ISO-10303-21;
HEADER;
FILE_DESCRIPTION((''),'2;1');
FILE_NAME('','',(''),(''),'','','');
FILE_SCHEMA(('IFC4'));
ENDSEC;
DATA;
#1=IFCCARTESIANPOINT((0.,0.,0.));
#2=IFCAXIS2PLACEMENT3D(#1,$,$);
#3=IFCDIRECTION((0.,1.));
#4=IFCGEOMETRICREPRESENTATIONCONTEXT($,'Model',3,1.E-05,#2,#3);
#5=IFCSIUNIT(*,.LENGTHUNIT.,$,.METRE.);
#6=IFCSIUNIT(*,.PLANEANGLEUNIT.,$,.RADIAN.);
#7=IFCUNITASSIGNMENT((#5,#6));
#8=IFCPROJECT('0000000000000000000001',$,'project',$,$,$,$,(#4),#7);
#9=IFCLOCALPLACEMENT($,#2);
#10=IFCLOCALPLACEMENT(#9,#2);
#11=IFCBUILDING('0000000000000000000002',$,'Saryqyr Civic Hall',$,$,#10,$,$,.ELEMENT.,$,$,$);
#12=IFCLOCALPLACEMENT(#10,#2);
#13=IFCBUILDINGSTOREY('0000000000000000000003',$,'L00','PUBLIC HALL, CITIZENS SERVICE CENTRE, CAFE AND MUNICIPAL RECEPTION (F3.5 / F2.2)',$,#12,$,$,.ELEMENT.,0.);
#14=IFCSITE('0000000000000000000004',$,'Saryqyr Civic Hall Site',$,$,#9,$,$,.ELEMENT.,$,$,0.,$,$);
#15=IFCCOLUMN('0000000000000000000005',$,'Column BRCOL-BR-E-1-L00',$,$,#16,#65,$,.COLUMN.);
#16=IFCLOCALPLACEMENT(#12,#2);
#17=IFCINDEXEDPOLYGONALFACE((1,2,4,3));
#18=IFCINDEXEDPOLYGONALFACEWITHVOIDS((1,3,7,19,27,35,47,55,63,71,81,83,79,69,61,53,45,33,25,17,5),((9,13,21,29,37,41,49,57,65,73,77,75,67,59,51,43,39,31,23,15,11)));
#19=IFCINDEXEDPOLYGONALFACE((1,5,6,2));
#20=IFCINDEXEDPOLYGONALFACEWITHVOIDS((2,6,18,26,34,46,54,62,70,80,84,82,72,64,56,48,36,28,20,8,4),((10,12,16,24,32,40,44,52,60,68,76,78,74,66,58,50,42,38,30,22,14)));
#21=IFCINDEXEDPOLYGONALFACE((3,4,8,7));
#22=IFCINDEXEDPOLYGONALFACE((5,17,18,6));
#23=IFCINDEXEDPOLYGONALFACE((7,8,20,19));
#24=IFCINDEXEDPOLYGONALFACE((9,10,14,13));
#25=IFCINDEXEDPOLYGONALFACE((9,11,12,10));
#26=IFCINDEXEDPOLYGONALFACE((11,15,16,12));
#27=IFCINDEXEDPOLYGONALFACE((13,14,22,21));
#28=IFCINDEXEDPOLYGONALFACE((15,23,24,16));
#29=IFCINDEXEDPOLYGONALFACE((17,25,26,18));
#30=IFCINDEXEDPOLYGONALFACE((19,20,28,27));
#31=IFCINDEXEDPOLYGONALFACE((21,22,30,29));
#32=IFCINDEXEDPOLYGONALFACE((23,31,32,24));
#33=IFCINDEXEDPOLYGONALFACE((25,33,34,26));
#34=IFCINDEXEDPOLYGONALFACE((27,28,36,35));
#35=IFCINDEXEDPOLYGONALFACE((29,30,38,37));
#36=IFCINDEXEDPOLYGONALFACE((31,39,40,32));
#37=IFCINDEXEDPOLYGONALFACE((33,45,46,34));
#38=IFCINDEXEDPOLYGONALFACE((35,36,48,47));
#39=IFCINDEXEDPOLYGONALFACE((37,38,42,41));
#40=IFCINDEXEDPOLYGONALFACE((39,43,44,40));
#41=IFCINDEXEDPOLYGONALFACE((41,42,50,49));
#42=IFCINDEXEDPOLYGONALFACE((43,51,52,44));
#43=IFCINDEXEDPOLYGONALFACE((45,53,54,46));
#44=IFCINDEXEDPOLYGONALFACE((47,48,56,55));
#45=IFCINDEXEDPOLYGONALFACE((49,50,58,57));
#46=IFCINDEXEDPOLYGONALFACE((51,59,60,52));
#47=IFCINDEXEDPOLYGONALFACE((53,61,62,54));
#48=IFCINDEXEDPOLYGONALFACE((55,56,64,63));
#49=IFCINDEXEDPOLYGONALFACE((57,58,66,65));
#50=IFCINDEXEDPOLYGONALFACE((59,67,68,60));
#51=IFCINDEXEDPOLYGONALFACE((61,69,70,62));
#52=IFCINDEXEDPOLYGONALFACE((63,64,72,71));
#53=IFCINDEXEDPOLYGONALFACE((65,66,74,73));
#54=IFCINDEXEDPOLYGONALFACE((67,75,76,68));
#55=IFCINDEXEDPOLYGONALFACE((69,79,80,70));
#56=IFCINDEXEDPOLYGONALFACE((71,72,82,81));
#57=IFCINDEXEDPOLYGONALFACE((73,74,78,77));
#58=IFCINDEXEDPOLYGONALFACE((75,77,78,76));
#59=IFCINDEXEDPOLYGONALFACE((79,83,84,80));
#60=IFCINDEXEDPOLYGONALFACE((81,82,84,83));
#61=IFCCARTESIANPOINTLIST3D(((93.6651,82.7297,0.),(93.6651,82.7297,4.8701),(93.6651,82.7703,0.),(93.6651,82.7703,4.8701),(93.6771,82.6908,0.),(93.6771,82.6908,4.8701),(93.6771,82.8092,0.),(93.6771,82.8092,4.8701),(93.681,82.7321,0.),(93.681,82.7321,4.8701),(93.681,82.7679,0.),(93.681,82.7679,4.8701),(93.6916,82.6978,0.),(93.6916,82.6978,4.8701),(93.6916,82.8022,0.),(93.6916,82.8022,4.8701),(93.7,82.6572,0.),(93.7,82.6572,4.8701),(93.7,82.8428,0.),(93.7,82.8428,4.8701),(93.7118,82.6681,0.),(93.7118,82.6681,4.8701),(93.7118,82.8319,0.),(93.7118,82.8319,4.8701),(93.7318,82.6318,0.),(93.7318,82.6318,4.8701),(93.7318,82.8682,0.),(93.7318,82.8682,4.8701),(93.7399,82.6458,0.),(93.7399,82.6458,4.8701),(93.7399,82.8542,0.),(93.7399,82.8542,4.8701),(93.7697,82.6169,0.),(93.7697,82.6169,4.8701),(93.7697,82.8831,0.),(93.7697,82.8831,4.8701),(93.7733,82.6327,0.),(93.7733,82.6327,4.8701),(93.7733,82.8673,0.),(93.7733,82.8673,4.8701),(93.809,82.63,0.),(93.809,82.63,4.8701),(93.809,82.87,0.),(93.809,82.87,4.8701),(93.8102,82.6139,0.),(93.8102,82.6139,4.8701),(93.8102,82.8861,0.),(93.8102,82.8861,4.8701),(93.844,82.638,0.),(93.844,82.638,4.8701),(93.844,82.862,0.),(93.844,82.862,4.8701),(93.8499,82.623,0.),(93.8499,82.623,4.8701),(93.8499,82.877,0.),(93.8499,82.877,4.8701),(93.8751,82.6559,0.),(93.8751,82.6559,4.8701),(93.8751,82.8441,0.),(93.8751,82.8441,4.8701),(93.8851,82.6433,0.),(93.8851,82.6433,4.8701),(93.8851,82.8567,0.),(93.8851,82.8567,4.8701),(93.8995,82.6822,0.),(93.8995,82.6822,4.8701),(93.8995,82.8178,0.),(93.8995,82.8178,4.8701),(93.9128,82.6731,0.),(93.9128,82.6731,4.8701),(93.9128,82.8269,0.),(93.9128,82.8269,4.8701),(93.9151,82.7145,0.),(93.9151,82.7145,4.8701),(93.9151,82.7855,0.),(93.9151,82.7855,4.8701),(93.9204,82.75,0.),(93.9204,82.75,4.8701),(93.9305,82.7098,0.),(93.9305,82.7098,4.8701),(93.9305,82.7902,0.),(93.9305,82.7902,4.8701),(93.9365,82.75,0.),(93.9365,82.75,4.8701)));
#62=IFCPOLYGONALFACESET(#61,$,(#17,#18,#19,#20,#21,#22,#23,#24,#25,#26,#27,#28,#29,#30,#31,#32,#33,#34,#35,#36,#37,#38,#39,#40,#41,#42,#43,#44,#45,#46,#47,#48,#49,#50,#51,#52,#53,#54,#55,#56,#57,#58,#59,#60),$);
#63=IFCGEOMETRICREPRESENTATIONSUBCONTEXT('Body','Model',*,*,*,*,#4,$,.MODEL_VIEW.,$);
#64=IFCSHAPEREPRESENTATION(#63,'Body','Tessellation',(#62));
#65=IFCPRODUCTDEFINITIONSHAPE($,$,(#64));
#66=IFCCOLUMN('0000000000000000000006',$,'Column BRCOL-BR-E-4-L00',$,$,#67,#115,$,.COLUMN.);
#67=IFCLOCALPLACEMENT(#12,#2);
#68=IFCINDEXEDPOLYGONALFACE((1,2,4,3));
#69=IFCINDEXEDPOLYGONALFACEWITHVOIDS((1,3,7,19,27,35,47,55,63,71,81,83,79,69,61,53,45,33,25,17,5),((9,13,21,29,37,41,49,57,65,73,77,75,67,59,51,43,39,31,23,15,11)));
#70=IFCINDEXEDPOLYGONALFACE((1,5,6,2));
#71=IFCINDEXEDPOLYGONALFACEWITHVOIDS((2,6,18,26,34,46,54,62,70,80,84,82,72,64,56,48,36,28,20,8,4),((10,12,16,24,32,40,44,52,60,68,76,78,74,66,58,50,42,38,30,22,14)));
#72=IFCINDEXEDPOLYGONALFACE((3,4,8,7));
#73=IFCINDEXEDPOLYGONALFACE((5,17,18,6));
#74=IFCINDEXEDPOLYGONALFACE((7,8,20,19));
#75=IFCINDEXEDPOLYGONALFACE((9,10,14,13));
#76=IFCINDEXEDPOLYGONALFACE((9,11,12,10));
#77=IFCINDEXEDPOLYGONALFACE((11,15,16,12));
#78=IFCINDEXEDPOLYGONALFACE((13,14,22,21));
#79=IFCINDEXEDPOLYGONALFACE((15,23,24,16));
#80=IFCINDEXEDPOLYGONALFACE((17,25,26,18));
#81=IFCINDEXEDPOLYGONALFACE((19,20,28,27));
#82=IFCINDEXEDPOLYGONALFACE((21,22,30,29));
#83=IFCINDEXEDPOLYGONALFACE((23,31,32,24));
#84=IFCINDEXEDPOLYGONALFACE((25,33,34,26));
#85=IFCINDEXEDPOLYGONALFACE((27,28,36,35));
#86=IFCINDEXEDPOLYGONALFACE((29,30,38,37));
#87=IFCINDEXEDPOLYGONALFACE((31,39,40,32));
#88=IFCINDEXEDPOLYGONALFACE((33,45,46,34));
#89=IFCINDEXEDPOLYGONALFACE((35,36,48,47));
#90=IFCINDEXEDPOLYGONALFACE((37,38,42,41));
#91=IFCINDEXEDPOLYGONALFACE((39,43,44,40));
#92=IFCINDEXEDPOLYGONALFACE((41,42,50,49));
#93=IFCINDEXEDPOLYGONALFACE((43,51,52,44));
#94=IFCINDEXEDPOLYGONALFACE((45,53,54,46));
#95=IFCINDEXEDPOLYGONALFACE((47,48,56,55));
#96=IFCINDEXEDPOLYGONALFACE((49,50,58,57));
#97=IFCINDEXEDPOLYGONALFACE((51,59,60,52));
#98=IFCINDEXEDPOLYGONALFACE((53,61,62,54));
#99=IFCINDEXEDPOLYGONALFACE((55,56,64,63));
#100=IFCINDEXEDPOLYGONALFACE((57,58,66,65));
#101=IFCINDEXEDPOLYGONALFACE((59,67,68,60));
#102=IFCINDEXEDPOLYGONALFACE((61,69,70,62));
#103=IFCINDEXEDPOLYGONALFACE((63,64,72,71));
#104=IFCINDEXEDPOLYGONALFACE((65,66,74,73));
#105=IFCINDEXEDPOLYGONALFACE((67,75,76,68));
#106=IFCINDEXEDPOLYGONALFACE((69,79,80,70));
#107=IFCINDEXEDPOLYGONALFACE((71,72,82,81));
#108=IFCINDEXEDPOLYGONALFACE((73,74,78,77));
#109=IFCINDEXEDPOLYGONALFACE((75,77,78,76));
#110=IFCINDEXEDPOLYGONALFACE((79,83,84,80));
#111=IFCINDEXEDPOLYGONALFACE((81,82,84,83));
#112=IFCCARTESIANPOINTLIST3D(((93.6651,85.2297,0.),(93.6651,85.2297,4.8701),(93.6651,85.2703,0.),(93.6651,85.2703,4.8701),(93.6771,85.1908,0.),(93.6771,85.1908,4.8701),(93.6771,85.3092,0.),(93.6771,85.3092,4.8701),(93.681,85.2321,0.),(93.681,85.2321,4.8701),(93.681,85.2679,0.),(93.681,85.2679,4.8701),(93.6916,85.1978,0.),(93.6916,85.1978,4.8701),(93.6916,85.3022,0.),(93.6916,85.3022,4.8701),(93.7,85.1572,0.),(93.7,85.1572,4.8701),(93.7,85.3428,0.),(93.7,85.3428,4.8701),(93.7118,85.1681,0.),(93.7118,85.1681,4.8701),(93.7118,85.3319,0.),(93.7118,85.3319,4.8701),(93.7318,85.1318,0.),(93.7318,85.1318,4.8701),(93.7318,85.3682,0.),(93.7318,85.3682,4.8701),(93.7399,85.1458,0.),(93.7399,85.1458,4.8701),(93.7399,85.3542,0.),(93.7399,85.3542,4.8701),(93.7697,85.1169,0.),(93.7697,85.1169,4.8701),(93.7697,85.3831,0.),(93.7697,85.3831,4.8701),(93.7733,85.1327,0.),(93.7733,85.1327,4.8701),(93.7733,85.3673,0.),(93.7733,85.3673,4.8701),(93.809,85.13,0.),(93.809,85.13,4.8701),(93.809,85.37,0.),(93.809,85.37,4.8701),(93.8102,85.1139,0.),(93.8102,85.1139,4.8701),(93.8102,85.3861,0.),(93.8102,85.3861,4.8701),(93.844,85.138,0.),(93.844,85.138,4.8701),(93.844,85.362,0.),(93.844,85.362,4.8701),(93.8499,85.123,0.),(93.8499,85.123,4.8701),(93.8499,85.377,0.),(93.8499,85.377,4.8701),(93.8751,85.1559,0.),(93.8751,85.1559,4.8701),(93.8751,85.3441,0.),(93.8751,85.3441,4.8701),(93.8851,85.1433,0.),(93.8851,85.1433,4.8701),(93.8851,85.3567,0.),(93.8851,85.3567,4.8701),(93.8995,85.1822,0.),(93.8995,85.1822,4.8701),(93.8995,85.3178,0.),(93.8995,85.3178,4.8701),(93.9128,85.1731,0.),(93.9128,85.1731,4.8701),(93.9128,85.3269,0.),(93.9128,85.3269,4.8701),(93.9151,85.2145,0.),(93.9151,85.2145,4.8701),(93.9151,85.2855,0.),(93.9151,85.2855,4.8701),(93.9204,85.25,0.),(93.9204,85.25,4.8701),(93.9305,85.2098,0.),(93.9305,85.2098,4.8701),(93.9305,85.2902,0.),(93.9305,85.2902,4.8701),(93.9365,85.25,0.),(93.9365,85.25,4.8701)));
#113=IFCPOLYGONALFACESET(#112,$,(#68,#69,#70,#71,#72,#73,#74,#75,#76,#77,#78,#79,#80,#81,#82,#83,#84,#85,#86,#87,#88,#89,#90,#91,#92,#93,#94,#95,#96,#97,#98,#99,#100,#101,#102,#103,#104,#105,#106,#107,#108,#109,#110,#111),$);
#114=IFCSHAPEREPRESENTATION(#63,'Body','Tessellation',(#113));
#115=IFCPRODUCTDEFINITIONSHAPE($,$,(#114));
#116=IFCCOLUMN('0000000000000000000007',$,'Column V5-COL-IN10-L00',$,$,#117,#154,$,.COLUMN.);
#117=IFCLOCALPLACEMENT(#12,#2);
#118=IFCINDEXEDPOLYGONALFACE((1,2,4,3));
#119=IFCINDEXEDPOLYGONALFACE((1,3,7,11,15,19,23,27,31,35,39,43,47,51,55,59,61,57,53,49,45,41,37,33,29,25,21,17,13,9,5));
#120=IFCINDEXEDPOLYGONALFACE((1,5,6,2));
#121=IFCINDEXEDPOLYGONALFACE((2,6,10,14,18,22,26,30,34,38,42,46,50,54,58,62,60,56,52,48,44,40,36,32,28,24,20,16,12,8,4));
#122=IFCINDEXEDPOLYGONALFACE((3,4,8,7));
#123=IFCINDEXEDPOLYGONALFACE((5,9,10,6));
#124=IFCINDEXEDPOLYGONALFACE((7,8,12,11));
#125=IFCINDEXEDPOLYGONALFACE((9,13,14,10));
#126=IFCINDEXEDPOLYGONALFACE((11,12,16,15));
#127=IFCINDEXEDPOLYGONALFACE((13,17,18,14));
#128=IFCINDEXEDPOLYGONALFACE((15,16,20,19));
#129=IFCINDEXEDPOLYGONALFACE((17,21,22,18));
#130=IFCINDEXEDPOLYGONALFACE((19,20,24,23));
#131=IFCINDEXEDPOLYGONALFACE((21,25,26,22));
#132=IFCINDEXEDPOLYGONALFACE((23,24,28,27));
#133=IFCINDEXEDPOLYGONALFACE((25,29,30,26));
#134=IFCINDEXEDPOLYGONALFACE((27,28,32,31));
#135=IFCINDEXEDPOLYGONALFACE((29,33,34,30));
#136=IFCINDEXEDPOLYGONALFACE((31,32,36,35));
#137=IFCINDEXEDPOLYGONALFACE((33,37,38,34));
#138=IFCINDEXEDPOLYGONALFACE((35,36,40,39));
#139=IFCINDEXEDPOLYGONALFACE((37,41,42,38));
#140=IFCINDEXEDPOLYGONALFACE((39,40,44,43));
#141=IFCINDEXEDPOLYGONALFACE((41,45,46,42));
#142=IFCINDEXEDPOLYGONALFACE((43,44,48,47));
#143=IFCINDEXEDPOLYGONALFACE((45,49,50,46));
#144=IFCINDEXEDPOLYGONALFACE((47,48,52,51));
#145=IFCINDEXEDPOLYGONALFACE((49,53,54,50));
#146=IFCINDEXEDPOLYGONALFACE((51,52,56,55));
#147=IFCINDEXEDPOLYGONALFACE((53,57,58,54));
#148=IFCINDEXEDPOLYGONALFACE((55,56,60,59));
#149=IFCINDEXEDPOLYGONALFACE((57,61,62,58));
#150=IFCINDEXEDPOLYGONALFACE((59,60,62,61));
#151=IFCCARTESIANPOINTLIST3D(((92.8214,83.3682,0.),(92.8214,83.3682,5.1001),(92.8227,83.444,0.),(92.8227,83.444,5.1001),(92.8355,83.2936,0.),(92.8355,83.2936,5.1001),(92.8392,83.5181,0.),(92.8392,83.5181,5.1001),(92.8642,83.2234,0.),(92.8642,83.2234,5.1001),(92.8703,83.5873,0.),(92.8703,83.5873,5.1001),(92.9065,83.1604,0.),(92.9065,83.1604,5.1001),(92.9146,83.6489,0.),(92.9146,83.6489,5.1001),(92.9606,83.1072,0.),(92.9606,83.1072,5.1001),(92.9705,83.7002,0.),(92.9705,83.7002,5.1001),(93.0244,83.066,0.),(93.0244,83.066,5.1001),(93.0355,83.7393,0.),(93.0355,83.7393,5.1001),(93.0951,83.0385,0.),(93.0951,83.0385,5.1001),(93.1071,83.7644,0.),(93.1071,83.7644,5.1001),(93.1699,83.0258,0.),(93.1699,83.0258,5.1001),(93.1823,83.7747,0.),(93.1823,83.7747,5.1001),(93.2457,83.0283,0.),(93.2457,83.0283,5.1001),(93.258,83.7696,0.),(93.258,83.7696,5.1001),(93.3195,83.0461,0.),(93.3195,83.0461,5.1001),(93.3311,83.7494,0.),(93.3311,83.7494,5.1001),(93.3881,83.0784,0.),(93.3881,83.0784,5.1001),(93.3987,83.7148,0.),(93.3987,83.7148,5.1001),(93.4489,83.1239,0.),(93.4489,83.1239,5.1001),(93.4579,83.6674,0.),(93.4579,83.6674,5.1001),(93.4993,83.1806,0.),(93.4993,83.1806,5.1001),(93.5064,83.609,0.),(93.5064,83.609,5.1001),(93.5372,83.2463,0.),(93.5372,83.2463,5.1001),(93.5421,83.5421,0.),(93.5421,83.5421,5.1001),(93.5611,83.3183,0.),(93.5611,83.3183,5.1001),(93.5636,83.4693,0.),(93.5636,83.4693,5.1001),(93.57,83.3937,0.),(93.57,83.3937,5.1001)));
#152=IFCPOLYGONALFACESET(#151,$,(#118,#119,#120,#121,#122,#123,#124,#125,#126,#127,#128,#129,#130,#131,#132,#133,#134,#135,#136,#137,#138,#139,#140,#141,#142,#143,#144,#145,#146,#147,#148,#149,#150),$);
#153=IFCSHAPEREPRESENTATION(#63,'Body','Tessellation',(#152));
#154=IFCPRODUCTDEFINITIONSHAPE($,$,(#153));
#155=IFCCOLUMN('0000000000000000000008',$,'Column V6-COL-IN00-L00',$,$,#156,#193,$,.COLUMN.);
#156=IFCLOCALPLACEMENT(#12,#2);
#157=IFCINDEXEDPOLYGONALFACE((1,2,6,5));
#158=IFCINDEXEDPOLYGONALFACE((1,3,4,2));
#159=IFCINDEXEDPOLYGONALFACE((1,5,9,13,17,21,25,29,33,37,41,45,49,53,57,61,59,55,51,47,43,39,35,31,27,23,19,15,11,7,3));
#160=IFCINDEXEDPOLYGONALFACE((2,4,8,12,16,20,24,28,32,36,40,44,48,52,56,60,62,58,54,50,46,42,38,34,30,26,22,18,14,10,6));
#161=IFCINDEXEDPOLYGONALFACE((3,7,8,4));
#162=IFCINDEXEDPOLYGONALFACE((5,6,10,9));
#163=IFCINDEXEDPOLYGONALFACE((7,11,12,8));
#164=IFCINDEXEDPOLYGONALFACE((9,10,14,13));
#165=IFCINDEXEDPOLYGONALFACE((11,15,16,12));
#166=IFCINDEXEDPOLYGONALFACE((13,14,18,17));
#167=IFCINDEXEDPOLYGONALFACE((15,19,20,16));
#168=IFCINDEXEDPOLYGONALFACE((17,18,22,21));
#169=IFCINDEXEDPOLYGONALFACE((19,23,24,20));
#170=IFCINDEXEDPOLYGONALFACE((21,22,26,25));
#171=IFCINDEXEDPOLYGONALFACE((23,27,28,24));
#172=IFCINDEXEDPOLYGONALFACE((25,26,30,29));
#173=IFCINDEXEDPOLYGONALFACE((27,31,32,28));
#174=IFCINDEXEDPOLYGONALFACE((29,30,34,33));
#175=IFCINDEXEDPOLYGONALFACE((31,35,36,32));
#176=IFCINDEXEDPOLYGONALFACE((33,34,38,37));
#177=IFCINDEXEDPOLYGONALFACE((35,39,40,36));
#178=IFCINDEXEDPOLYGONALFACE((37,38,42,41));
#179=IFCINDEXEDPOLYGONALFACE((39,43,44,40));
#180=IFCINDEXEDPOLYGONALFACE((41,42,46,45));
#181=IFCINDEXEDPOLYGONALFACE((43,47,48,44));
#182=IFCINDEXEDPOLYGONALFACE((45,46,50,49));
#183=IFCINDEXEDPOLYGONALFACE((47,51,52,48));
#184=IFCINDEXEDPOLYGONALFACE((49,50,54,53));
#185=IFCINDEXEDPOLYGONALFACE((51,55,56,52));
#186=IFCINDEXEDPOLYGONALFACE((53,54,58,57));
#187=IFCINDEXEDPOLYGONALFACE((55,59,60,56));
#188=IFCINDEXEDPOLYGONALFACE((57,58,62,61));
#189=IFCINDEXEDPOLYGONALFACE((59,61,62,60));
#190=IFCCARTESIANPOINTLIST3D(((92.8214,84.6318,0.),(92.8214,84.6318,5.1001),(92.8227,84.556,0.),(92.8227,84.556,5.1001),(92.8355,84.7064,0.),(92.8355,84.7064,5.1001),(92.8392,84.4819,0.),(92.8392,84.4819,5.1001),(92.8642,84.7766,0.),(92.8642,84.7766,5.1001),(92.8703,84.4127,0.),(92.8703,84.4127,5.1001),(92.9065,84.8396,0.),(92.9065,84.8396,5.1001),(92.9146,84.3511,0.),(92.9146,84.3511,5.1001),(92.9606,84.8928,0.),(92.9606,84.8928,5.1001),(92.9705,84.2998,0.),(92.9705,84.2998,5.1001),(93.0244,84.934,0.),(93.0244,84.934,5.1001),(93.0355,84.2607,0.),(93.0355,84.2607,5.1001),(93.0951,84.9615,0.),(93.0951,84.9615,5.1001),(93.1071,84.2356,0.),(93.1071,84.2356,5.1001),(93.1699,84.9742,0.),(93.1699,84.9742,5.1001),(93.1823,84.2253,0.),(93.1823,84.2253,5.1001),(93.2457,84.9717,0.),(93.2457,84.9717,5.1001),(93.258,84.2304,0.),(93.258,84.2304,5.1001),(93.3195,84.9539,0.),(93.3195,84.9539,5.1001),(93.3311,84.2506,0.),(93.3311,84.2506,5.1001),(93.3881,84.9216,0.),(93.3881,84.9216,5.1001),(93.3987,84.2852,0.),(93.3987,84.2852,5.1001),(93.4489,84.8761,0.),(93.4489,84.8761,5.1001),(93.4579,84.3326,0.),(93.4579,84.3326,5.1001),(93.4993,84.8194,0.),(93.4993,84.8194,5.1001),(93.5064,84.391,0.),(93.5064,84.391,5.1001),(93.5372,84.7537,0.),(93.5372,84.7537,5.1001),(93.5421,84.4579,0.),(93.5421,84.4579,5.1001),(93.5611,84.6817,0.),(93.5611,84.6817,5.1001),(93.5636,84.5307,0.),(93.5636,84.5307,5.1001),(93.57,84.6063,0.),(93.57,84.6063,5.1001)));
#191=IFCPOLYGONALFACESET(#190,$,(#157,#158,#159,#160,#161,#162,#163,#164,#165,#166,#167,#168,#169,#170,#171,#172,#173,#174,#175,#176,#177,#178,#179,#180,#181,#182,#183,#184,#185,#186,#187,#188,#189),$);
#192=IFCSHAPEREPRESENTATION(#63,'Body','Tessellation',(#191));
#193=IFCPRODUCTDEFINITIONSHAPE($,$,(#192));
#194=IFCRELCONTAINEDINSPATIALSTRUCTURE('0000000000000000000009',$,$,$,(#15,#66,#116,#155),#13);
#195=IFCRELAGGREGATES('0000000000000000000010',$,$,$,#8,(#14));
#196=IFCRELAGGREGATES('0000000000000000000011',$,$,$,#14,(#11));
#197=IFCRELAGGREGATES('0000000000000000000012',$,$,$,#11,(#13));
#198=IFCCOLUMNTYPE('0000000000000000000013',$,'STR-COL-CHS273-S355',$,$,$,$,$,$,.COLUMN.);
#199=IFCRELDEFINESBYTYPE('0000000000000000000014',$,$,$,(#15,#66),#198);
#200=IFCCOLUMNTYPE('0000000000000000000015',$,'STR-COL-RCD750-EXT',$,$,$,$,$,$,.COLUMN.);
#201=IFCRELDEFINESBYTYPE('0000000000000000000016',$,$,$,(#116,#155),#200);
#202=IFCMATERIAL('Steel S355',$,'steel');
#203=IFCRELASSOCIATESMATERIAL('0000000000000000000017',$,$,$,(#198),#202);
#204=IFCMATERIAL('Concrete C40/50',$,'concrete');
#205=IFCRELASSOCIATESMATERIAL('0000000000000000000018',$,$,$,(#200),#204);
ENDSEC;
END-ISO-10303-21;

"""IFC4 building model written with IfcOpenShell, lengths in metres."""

from ifc_helpers import new_model, si_unit, direction, frame, origin, origin_2d, place, context, subcontext, project, spatial, circle, hollow_circle, extrude, material, material_profile, profile_set, type_object, element, save


model = new_model("IFC4")

# Units and contexts
model_context = context("Model", 3, precision=1e-05, world=origin(), true_north=direction((0.0, 1.0)))
body_context = subcontext(model_context, "Body", "Model", "MODEL_VIEW")
ifc_project = project(units=[si_unit("LENGTHUNIT", "METRE"), si_unit("PLANEANGLEUNIT", "RADIAN")], contexts=[model_context])

# Site, building, storey
site_placement = place(None, origin())
site = spatial("IfcSite", under=ifc_project, at=site_placement, Name="Saryqyr Civic Hall Site", CompositionType="ELEMENT", RefElevation=0.0)
building_placement = place(site_placement, origin())
building = spatial("IfcBuilding", under=site, at=building_placement, Name="Saryqyr Civic Hall", CompositionType="ELEMENT")
storey_placement = place(building_placement, origin())
storey = spatial("IfcBuildingStorey", under=building, at=storey_placement, Name="L00", Description="PUBLIC HALL, CITIZENS SERVICE CENTRE, CAFE AND MUNICIPAL RECEPTION (F3.5 / F2.2)", CompositionType="ELEMENT", Elevation=0.0)

# Columns
ifc_material_1 = material(Name="Steel S355", Category="steel")
ifc_material_profile_1 = material_profile(ifc_material_1, hollow_circle(Radius=0.1365, WallThickness=0.0161, at=origin_2d()), Name="CHS 273x16")
ifc_profile_set_1 = profile_set([ifc_material_profile_1], Name="Steel S355")
column_type_1 = type_object("IfcColumnType", Name="STR-COL-CHS273-S355", PredefinedType="COLUMN", material=ifc_profile_set_1)
for number, where, z_axis, x_axis, name in (
    (1, (93.8, 82.75, 0.0), (0.0, 0.0, 1.0), (1.0, 0.0, 0.0), "Column BRCOL-BR-E-1-L00"),
    (2, (93.8, 85.25, 0.0), (0.0, 0.0, 1.0), (1.0, 0.0, 0.0), "Column BRCOL-BR-E-4-L00"),
):
    element("IfcColumn", number, at=place(storey_placement, frame(where, z_axis=z_axis, x_axis=x_axis)), inside=storey, type_object=column_type_1, Name=name, PredefinedType="COLUMN", context=body_context, shape_type="SweptSolid", body=[
        extrude(hollow_circle(Radius=0.1365, WallThickness=0.0161, at=origin_2d()), origin(), (0.0, 0.0, 1.0), 4.8701),
    ])
ifc_material_2 = material(Name="Concrete C40/50", Category="concrete")
ifc_material_profile_2 = material_profile(ifc_material_2, circle(Radius=0.375, at=origin_2d()), Name="RC D750")
ifc_profile_set_2 = profile_set([ifc_material_profile_2], Name="Concrete C40/50")
column_type_2 = type_object("IfcColumnType", Name="STR-COL-RCD750-EXT", PredefinedType="COLUMN", material=ifc_profile_set_2)
for number, where, z_axis, x_axis, name in (
    (3, (93.1951, 83.3999, 0.0), (0.0, 0.0, 1.0), (0.999863, -0.01658, 0.0), "Column V5-COL-IN10-L00"),
    (4, (93.1951, 84.6001, 0.0), (0.0, 0.0, 1.0), (0.999863, 0.01658, 0.0), "Column V6-COL-IN00-L00"),
):
    element("IfcColumn", number, at=place(storey_placement, frame(where, z_axis=z_axis, x_axis=x_axis)), inside=storey, type_object=column_type_2, Name=name, PredefinedType="COLUMN", context=body_context, shape_type="SweptSolid", body=[
        extrude(circle(Radius=0.375, at=origin_2d()), origin(), (0.0, 0.0, 1.0), 5.1001),
    ])

save(model, "model.ifc")
